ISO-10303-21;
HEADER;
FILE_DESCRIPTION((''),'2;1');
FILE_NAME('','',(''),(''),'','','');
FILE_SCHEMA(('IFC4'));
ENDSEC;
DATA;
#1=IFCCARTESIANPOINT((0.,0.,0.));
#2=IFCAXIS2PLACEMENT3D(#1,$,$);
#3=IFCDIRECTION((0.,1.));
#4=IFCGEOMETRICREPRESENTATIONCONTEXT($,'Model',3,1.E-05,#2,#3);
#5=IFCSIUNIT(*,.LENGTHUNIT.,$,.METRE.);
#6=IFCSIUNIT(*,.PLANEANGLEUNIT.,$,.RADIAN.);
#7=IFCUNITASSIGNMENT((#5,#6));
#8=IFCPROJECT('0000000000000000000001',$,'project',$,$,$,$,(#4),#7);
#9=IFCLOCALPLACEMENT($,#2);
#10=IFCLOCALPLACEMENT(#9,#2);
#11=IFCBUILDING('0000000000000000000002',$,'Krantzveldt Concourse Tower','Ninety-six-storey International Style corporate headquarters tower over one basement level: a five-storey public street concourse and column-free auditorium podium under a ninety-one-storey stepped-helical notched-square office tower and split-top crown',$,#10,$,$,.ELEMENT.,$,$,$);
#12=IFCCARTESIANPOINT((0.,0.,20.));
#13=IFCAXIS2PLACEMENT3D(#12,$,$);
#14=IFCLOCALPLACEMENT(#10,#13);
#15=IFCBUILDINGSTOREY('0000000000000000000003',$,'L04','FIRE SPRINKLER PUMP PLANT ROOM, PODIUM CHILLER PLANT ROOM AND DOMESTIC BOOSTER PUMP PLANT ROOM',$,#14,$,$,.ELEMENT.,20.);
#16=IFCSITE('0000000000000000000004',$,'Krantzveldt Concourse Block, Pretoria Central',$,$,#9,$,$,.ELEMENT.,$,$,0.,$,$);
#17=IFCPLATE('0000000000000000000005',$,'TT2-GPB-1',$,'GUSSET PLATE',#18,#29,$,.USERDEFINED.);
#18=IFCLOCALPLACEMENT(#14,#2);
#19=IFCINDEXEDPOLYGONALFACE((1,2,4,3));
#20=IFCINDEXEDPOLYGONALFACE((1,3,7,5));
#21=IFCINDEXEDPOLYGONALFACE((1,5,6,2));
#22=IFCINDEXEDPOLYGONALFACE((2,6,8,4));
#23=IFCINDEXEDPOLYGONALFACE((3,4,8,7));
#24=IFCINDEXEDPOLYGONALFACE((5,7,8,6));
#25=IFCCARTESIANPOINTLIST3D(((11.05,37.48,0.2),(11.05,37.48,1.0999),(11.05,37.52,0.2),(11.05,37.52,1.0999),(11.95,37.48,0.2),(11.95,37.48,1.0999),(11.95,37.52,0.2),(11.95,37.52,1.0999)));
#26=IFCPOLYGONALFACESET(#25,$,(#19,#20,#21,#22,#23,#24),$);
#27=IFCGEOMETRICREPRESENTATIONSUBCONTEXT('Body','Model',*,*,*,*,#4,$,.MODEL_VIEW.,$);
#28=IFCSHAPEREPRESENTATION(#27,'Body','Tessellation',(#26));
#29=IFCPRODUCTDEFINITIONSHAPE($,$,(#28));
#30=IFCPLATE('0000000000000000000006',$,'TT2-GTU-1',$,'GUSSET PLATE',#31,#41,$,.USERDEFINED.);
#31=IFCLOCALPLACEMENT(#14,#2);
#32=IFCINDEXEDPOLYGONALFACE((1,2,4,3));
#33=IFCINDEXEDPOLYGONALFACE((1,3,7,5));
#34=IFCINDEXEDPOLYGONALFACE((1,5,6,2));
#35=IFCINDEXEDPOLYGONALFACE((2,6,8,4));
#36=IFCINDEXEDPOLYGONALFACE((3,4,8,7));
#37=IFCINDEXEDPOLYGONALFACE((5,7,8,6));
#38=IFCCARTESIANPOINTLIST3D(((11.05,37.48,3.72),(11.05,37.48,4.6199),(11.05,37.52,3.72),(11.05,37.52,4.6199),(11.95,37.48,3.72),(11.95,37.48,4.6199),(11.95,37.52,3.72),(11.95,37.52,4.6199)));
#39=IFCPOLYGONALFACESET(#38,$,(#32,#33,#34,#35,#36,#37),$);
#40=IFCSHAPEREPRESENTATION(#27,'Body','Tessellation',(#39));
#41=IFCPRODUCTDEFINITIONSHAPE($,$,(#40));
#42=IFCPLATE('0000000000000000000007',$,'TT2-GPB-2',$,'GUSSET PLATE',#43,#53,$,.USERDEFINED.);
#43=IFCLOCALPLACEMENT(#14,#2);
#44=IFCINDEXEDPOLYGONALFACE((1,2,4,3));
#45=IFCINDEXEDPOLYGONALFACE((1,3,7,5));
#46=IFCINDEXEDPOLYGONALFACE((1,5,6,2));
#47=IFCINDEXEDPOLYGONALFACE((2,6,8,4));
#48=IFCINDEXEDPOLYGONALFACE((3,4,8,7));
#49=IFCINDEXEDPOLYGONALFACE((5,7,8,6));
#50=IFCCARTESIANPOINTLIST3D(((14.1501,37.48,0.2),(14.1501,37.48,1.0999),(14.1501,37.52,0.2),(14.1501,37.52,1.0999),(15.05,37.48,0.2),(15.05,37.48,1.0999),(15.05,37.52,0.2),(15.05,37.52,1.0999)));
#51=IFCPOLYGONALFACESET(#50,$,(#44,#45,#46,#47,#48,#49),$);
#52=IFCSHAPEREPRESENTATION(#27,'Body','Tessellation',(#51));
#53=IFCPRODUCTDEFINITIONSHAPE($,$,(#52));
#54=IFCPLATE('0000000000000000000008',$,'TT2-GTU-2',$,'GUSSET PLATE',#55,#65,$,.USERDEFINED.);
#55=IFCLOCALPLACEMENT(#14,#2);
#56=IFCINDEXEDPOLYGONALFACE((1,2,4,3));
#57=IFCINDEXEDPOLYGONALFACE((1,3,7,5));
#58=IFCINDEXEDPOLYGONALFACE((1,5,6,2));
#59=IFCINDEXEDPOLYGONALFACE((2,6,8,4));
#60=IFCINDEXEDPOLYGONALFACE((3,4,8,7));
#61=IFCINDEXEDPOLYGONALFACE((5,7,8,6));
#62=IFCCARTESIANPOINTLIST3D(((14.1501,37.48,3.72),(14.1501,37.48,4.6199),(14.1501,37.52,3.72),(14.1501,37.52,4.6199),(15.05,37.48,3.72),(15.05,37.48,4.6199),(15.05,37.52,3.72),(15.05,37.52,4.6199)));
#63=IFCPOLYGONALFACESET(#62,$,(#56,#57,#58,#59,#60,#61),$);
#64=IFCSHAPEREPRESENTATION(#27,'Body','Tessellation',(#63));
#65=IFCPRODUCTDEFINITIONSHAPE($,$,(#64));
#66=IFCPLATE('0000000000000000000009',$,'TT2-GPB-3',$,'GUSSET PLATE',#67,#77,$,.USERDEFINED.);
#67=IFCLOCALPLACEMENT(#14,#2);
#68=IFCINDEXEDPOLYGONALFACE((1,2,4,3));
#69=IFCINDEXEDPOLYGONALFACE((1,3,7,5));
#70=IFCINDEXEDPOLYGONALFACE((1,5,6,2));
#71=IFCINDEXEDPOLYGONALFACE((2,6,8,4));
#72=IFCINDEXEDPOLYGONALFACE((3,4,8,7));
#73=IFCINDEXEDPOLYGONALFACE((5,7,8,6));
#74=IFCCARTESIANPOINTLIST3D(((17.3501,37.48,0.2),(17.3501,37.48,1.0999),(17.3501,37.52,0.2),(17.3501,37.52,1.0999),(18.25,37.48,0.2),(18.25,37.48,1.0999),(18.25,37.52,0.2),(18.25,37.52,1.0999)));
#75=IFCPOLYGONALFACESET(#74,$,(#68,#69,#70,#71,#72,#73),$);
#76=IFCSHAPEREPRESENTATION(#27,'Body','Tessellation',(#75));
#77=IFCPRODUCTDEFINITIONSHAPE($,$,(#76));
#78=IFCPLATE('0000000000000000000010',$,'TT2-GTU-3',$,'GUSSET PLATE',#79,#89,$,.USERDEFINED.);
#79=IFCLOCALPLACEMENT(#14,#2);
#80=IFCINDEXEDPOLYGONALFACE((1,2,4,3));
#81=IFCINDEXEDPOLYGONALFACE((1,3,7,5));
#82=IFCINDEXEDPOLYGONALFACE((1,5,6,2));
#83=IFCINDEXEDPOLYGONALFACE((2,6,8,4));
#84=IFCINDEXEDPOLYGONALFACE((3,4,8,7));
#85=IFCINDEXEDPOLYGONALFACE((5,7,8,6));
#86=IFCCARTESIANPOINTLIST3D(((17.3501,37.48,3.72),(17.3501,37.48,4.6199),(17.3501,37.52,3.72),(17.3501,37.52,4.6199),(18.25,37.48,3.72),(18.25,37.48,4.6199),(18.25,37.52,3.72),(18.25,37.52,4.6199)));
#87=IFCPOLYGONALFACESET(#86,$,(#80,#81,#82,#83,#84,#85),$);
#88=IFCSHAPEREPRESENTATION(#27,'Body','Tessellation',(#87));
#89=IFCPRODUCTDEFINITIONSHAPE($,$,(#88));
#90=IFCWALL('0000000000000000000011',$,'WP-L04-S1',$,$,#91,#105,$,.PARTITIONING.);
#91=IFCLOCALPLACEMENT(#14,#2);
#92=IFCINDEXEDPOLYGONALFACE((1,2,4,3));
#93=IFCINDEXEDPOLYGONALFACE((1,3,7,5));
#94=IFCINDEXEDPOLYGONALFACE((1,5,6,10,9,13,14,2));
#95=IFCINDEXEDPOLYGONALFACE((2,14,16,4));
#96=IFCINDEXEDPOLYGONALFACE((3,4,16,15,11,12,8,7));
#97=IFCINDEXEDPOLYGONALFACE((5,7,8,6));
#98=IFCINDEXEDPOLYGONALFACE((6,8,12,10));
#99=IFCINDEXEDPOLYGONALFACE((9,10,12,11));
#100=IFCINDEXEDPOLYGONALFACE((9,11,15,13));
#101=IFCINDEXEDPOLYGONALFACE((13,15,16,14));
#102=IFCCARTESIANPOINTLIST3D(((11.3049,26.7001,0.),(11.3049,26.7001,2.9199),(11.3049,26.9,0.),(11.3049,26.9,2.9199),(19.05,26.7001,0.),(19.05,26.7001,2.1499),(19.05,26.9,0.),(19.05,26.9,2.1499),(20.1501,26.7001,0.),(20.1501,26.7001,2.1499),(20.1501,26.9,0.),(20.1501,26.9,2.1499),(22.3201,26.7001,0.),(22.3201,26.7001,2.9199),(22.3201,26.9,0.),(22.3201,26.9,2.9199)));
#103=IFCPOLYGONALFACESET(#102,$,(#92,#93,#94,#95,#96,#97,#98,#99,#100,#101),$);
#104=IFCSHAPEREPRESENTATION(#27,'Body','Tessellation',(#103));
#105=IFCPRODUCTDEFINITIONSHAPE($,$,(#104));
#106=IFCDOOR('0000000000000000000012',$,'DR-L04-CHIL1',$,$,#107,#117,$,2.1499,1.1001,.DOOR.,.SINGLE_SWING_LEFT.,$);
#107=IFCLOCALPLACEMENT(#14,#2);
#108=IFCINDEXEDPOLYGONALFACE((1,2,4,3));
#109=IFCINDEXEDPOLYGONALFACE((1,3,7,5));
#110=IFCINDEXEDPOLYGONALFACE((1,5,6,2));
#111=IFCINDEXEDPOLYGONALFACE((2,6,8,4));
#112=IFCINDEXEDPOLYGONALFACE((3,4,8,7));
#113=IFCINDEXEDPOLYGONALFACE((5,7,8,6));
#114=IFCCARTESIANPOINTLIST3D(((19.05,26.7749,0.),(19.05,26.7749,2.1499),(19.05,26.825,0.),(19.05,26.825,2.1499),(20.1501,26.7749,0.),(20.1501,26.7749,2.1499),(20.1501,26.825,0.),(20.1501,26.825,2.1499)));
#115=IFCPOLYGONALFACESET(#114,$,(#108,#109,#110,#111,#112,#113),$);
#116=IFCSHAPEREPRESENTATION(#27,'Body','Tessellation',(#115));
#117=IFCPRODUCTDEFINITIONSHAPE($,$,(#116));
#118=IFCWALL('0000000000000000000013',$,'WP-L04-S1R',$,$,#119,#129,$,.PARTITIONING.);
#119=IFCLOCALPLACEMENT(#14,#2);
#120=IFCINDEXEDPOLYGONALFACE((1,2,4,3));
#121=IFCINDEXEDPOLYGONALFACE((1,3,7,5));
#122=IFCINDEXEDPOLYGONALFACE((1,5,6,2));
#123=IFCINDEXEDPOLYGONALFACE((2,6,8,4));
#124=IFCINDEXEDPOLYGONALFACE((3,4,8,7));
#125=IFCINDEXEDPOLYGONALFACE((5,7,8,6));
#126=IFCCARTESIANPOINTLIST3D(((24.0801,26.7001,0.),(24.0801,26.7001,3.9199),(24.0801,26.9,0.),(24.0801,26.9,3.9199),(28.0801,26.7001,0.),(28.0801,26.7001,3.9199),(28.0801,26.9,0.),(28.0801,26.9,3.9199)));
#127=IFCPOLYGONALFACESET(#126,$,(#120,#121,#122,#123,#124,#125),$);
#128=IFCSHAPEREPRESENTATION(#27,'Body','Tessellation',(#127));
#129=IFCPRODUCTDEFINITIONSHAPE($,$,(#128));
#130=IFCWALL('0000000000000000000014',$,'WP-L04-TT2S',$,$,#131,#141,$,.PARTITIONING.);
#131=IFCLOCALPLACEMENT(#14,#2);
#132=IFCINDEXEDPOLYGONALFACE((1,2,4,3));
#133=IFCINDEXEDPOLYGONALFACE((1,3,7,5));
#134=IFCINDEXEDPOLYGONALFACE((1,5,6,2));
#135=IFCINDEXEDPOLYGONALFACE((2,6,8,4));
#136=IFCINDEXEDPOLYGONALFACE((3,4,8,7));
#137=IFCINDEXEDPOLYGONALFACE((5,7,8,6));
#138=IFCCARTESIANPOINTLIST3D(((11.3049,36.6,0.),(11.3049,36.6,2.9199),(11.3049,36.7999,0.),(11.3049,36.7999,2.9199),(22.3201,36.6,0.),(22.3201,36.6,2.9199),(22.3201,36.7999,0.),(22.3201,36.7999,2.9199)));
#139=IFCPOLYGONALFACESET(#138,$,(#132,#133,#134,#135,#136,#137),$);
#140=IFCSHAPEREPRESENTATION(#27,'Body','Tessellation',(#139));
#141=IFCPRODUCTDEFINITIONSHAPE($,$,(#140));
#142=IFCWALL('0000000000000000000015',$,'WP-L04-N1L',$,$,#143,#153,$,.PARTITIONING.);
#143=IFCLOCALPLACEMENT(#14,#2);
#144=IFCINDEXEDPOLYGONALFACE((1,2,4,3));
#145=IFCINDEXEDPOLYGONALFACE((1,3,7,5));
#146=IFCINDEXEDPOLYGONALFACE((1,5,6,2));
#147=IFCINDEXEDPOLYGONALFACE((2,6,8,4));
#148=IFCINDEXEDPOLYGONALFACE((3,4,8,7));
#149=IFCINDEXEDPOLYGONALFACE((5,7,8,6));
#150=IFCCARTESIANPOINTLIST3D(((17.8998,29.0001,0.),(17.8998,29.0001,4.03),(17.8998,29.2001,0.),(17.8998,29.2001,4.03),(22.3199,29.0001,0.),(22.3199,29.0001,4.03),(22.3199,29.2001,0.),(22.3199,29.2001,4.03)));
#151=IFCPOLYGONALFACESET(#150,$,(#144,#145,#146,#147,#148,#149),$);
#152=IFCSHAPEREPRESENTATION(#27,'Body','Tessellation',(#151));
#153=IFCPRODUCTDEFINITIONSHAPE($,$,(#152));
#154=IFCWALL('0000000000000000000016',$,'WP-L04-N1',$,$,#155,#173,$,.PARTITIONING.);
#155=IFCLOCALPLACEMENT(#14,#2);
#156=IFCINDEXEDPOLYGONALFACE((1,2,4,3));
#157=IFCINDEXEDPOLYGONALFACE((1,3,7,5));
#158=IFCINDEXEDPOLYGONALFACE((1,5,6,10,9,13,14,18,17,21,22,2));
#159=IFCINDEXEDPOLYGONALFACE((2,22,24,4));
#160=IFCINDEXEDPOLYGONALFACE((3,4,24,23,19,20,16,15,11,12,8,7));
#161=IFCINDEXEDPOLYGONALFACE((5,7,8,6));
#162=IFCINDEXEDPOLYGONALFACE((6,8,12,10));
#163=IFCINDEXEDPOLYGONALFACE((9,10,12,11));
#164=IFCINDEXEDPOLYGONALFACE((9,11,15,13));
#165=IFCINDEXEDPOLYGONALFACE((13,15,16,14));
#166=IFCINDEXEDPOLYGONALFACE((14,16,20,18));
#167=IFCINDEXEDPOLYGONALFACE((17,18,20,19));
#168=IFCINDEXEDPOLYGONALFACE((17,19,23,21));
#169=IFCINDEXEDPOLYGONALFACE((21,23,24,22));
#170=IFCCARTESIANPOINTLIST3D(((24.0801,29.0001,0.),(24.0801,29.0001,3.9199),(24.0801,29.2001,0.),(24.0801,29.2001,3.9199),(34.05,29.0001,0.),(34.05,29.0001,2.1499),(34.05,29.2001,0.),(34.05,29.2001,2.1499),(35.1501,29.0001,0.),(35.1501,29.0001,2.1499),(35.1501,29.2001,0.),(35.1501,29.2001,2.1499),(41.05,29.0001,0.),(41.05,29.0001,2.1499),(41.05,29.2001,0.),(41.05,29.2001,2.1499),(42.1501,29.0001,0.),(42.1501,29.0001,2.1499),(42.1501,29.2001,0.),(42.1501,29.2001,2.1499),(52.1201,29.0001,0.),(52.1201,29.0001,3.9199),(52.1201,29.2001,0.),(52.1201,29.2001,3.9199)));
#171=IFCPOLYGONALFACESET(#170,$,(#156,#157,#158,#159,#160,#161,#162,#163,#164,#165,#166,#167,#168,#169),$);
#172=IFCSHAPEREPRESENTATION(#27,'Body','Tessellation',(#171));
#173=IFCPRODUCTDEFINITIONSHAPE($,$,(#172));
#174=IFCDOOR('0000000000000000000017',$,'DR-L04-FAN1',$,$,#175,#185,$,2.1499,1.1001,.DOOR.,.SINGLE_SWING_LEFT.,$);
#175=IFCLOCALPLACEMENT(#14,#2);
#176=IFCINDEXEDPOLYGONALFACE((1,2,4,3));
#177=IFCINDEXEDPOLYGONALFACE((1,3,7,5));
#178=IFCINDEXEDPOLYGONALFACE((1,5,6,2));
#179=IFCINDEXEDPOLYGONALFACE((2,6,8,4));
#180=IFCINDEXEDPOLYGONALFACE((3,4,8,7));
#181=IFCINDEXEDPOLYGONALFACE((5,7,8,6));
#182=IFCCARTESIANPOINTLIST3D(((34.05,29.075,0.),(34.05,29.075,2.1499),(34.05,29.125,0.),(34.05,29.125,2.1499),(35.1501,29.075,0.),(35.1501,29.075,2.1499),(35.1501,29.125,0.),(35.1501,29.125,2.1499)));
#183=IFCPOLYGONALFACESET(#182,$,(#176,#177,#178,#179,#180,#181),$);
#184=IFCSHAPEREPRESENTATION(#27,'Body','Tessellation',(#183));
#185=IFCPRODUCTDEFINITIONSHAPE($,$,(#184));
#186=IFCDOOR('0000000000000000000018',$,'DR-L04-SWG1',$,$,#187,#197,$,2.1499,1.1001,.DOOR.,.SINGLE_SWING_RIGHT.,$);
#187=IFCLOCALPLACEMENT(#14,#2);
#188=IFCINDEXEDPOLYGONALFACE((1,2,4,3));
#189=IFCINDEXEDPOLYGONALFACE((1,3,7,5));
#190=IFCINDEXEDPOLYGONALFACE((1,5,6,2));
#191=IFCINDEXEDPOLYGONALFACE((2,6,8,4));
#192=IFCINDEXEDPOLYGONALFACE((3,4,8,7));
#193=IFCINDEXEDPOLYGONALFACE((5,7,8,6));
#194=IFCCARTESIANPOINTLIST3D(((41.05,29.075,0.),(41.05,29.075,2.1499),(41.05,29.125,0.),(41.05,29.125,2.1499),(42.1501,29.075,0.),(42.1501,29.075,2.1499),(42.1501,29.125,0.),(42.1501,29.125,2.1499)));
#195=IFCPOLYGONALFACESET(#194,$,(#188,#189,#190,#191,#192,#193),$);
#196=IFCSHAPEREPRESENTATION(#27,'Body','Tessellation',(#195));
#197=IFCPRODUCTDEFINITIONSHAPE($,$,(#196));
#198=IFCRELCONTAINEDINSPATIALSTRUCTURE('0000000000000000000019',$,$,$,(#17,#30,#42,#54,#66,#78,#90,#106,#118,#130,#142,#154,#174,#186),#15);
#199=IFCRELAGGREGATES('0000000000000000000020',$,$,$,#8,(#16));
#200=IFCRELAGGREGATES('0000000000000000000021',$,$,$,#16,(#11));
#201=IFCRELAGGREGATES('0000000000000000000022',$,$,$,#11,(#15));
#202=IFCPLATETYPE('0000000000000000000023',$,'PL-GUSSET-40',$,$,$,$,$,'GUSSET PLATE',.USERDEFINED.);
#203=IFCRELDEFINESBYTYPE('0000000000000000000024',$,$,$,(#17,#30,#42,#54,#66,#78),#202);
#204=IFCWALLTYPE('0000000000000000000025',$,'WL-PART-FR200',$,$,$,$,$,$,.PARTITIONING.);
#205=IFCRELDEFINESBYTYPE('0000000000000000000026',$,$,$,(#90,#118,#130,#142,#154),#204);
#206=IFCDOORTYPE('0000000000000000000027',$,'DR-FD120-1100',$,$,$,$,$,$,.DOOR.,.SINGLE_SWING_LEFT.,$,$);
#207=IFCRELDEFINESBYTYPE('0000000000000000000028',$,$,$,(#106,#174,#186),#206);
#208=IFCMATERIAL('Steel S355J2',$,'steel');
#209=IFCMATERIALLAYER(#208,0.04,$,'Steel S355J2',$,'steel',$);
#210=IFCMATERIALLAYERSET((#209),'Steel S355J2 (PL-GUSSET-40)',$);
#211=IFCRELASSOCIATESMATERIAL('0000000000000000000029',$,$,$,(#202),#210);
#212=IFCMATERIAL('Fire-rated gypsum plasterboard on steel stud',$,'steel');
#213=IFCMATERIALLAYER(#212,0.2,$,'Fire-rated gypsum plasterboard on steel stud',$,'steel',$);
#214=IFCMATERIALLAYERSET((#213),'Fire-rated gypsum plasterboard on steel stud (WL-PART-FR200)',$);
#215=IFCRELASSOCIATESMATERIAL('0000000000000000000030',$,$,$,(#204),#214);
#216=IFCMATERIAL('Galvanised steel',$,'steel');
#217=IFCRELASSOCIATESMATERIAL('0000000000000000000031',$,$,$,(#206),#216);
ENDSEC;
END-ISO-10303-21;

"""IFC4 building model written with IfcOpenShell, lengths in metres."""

from ifc_helpers import new_model, si_unit, direction, frame, frame_2d, origin, origin_2d, place, context, subcontext, project, spatial, rectangle, extrude, source, transform, mapped, material, layer, layer_set, type_object, type_shapes, element, fill, save


model = new_model("IFC4")

# Units and contexts
model_context = context("Model", 3, precision=1e-05, world=origin(), true_north=direction((0.0, 1.0)))
body_context = subcontext(model_context, "Body", "Model", "MODEL_VIEW")
ifc_project = project(units=[si_unit("LENGTHUNIT", "METRE"), si_unit("PLANEANGLEUNIT", "RADIAN")], contexts=[model_context])

# Site, building, storey
site_placement = place(None, origin())
site = spatial("IfcSite", under=ifc_project, at=site_placement, Name="Krantzveldt Concourse Block, Pretoria Central", CompositionType="ELEMENT", RefElevation=0.0)
building_placement = place(site_placement, origin())
building = spatial("IfcBuilding", under=site, at=building_placement, Name="Krantzveldt Concourse Tower", Description="Ninety-six-storey International Style corporate headquarters tower over one basement level: a five-storey public street concourse and column-free auditorium podium under a ninety-one-storey stepped-helical notched-square office tower and split-top crown", CompositionType="ELEMENT")
storey_placement = place(building_placement, frame((0.0, 0.0, 20.0)))
storey = spatial("IfcBuildingStorey", under=building, at=storey_placement, Name="L04", Description="FIRE SPRINKLER PUMP PLANT ROOM, PODIUM CHILLER PLANT ROOM AND DOMESTIC BOOSTER PUMP PLANT ROOM", CompositionType="ELEMENT", Elevation=20.0)

# Shared definitions
ifc_material_1 = material(Name="Steel S355J2", Category="steel")

# Plates
ifc_layer_1 = layer(ifc_material_1, 0.04, Name="Steel S355J2", Category="steel")
ifc_layer_set_1 = layer_set([ifc_layer_1], Name="Steel S355J2 (PL-GUSSET-40)")
plate_type = type_object("IfcPlateType", Name="PL-GUSSET-40", ElementType="GUSSET PLATE", PredefinedType="USERDEFINED", material=ifc_layer_set_1)
shared_shape_1 = source(origin(), body_context, "Body", "SweptSolid", [
    extrude(rectangle(XDim=0.8999, YDim=0.04, at=origin_2d()), origin(), (0.0, 0.0, 1.0), 0.8999),
])
type_shapes(plate_type, [shared_shape_1])
for number, where, z_axis, x_axis, name in (
    (1, (11.5, 37.5, 0.2), (0.0, 0.0, 1.0), (1.0, 0.0, 0.0), "TT2-GPB-1"),
    (2, (11.5, 37.5, 3.72), (0.0, 0.0, 1.0), (1.0, 0.0, 0.0), "TT2-GTU-1"),
    (3, (14.6001, 37.5, 0.2), (0.0, 0.0, 1.0), (1.0, 0.0, 0.0), "TT2-GPB-2"),
    (4, (14.6001, 37.5, 3.72), (0.0, 0.0, 1.0), (1.0, 0.0, 0.0), "TT2-GTU-2"),
    (5, (17.8, 37.5, 0.2), (0.0, 0.0, 1.0), (1.0, 0.0, 0.0), "TT2-GPB-3"),
    (6, (17.8, 37.5, 3.72), (0.0, 0.0, 1.0), (1.0, 0.0, 0.0), "TT2-GTU-3"),
):
    element("IfcPlate", number, at=place(storey_placement, frame(where, z_axis=z_axis, x_axis=x_axis)), inside=storey, type_object=plate_type, Name=name, ObjectType="GUSSET PLATE", PredefinedType="USERDEFINED", context=body_context, shape_type="MappedRepresentation", body=[
        mapped(shared_shape_1, transform((0.0, 0.0, 0.0), x_axis=(1.0, 0.0, 0.0), y_axis=(0.0, 1.0, 0.0), z_axis=(0.0, 0.0, 1.0), scale=1.0)),
    ])

# Wall, opening, door
ifc_material_2 = material(Name="Fire-rated gypsum plasterboard on steel stud", Category="steel")
ifc_layer_2 = layer(ifc_material_2, 0.2, Name="Fire-rated gypsum plasterboard on steel stud", Category="steel")
ifc_layer_set_2 = layer_set([ifc_layer_2], Name="Fire-rated gypsum plasterboard on steel stud (WL-PART-FR200)")
wall_type = type_object("IfcWallType", Name="WL-PART-FR200", PredefinedType="PARTITIONING", material=ifc_layer_set_2)
wall_1_placement = place(storey_placement, frame((11.3049, 26.8, 0.0), z_axis=(0.0, 0.0, 1.0), x_axis=(1.0, 0.0, 0.0)))
wall_1 = element("IfcWall", 7, at=wall_1_placement, inside=storey, type_object=wall_type, Name="WP-L04-S1", PredefinedType="PARTITIONING", context=body_context, shape_type="SweptSolid", body=[
    extrude(rectangle(XDim=11.0151, YDim=0.2, at=frame_2d((5.5076, 0.0))), origin(), (0.0, 0.0, 1.0), 2.9199),
])
opening_1_placement = place(wall_1_placement, frame((7.7451, 0.0, 0.0)))
opening_1 = element("IfcOpeningElement", 8, at=opening_1_placement, cuts=wall_1, PredefinedType="OPENING", context=body_context, shape_type="SweptSolid", body=[
    extrude(rectangle(XDim=1.1001, YDim=2.1499, at=frame_2d((0.55, 1.075))), frame((0.0, 0.1099, 0.0), z_axis=(0.0, -1.0, 0.0), x_axis=(1.0, 0.0, 0.0)), (0.0, 0.0, 1.0), 0.22),
])
ifc_material_3 = material(Name="Galvanised steel", Category="steel")
door_type_1 = type_object("IfcDoorType", Name="DR-FD120-1100", OperationType="SINGLE_SWING_LEFT", PredefinedType="DOOR", material=ifc_material_3)
door_1_placement = place(opening_1_placement, origin())
door_1 = element("IfcDoor", 9, at=door_1_placement, inside=storey, type_object=door_type_1, Name="DR-L04-CHIL1", OperationType="SINGLE_SWING_LEFT", OverallHeight=2.1499, OverallWidth=1.1001, PredefinedType="DOOR", context=body_context, shape_type="SweptSolid", body=[
    extrude(rectangle(XDim=1.1001, YDim=2.1499, at=frame_2d((0.55, 1.075))), frame((0.0, 0.0249, 0.0), z_axis=(0.0, -1.0, 0.0), x_axis=(1.0, 0.0, 0.0)), (0.0, 0.0, 1.0), 0.05),
])
fill(opening_1, door_1)

# Walls
wall_2_placement = place(storey_placement, frame((24.0801, 26.8, 0.0), z_axis=(0.0, 0.0, 1.0), x_axis=(1.0, 0.0, 0.0)))
element("IfcWall", 10, at=wall_2_placement, inside=storey, type_object=wall_type, Name="WP-L04-S1R", PredefinedType="PARTITIONING", context=body_context, shape_type="SweptSolid", body=[
    extrude(rectangle(XDim=4.0, YDim=0.2, at=frame_2d((2.0, 0.0))), origin(), (0.0, 0.0, 1.0), 3.9199),
])
wall_3_placement = place(storey_placement, frame((11.3049, 36.7, 0.0), z_axis=(0.0, 0.0, 1.0), x_axis=(1.0, 0.0, 0.0)))
element("IfcWall", 11, at=wall_3_placement, inside=storey, type_object=wall_type, Name="WP-L04-TT2S", PredefinedType="PARTITIONING", context=body_context, shape_type="SweptSolid", body=[
    extrude(rectangle(XDim=11.0151, YDim=0.2, at=frame_2d((5.5076, 0.0))), origin(), (0.0, 0.0, 1.0), 2.9199),
])
wall_4_placement = place(storey_placement, frame((17.8999, 29.1001, 0.0), z_axis=(0.0, 0.0, 1.0), x_axis=(1.0, 0.0, 0.0)))
element("IfcWall", 12, at=wall_4_placement, inside=storey, type_object=wall_type, Name="WP-L04-N1L", PredefinedType="PARTITIONING", context=body_context, shape_type="SweptSolid", body=[
    extrude(rectangle(XDim=4.4202, YDim=0.2, at=frame_2d((2.21, 0.0))), origin(), (0.0, 0.0, 1.0), 4.03),
])

# Wall, openings, doors
wall_5_placement = place(storey_placement, frame((24.0801, 29.1001, 0.0), z_axis=(0.0, 0.0, 1.0), x_axis=(1.0, 0.0, 0.0)))
wall_5 = element("IfcWall", 13, at=wall_5_placement, inside=storey, type_object=wall_type, Name="WP-L04-N1", PredefinedType="PARTITIONING", context=body_context, shape_type="SweptSolid", body=[
    extrude(rectangle(XDim=28.04, YDim=0.2, at=frame_2d((14.02, 0.0))), origin(), (0.0, 0.0, 1.0), 3.9199),
])
opening_2_placement = place(wall_5_placement, frame((9.97, 0.0, 0.0)))
opening_2 = element("IfcOpeningElement", 14, at=opening_2_placement, cuts=wall_5, PredefinedType="OPENING", context=body_context, shape_type="SweptSolid", body=[
    extrude(rectangle(XDim=1.1001, YDim=2.1499, at=frame_2d((0.55, 1.075))), frame((0.0, 0.1099, 0.0), z_axis=(0.0, -1.0, 0.0), x_axis=(1.0, 0.0, 0.0)), (0.0, 0.0, 1.0), 0.22),
])
opening_3_placement = place(wall_5_placement, frame((16.97, 0.0, 0.0)))
opening_3 = element("IfcOpeningElement", 15, at=opening_3_placement, cuts=wall_5, PredefinedType="OPENING", context=body_context, shape_type="SweptSolid", body=[
    extrude(rectangle(XDim=1.1001, YDim=2.1499, at=frame_2d((0.55, 1.075))), frame((0.0, 0.1099, 0.0), z_axis=(0.0, -1.0, 0.0), x_axis=(1.0, 0.0, 0.0)), (0.0, 0.0, 1.0), 0.22),
])
door_2_placement = place(opening_2_placement, origin())
door_2 = element("IfcDoor", 16, at=door_2_placement, inside=storey, type_object=door_type_1, Name="DR-L04-FAN1", OperationType="SINGLE_SWING_LEFT", OverallHeight=2.1499, OverallWidth=1.1001, PredefinedType="DOOR", context=body_context, shape_type="SweptSolid", body=[
    extrude(rectangle(XDim=1.1001, YDim=2.1499, at=frame_2d((0.55, 1.075))), frame((0.0, 0.0249, 0.0), z_axis=(0.0, -1.0, 0.0), x_axis=(1.0, 0.0, 0.0)), (0.0, 0.0, 1.0), 0.05),
])
fill(opening_2, door_2)
door_3_placement = place(opening_3_placement, origin())
door_3 = element("IfcDoor", 17, at=door_3_placement, inside=storey, type_object=door_type_1, Name="DR-L04-SWG1", OperationType="SINGLE_SWING_RIGHT", OverallHeight=2.1499, OverallWidth=1.1001, PredefinedType="DOOR", context=body_context, shape_type="SweptSolid", body=[
    extrude(rectangle(XDim=1.1001, YDim=2.1499, at=frame_2d((0.55, 1.075))), frame((0.0, 0.0249, 0.0), z_axis=(0.0, -1.0, 0.0), x_axis=(1.0, 0.0, 0.0)), (0.0, 0.0, 1.0), 0.05),
])
fill(opening_3, door_3)

save(model, "model.ifc")
